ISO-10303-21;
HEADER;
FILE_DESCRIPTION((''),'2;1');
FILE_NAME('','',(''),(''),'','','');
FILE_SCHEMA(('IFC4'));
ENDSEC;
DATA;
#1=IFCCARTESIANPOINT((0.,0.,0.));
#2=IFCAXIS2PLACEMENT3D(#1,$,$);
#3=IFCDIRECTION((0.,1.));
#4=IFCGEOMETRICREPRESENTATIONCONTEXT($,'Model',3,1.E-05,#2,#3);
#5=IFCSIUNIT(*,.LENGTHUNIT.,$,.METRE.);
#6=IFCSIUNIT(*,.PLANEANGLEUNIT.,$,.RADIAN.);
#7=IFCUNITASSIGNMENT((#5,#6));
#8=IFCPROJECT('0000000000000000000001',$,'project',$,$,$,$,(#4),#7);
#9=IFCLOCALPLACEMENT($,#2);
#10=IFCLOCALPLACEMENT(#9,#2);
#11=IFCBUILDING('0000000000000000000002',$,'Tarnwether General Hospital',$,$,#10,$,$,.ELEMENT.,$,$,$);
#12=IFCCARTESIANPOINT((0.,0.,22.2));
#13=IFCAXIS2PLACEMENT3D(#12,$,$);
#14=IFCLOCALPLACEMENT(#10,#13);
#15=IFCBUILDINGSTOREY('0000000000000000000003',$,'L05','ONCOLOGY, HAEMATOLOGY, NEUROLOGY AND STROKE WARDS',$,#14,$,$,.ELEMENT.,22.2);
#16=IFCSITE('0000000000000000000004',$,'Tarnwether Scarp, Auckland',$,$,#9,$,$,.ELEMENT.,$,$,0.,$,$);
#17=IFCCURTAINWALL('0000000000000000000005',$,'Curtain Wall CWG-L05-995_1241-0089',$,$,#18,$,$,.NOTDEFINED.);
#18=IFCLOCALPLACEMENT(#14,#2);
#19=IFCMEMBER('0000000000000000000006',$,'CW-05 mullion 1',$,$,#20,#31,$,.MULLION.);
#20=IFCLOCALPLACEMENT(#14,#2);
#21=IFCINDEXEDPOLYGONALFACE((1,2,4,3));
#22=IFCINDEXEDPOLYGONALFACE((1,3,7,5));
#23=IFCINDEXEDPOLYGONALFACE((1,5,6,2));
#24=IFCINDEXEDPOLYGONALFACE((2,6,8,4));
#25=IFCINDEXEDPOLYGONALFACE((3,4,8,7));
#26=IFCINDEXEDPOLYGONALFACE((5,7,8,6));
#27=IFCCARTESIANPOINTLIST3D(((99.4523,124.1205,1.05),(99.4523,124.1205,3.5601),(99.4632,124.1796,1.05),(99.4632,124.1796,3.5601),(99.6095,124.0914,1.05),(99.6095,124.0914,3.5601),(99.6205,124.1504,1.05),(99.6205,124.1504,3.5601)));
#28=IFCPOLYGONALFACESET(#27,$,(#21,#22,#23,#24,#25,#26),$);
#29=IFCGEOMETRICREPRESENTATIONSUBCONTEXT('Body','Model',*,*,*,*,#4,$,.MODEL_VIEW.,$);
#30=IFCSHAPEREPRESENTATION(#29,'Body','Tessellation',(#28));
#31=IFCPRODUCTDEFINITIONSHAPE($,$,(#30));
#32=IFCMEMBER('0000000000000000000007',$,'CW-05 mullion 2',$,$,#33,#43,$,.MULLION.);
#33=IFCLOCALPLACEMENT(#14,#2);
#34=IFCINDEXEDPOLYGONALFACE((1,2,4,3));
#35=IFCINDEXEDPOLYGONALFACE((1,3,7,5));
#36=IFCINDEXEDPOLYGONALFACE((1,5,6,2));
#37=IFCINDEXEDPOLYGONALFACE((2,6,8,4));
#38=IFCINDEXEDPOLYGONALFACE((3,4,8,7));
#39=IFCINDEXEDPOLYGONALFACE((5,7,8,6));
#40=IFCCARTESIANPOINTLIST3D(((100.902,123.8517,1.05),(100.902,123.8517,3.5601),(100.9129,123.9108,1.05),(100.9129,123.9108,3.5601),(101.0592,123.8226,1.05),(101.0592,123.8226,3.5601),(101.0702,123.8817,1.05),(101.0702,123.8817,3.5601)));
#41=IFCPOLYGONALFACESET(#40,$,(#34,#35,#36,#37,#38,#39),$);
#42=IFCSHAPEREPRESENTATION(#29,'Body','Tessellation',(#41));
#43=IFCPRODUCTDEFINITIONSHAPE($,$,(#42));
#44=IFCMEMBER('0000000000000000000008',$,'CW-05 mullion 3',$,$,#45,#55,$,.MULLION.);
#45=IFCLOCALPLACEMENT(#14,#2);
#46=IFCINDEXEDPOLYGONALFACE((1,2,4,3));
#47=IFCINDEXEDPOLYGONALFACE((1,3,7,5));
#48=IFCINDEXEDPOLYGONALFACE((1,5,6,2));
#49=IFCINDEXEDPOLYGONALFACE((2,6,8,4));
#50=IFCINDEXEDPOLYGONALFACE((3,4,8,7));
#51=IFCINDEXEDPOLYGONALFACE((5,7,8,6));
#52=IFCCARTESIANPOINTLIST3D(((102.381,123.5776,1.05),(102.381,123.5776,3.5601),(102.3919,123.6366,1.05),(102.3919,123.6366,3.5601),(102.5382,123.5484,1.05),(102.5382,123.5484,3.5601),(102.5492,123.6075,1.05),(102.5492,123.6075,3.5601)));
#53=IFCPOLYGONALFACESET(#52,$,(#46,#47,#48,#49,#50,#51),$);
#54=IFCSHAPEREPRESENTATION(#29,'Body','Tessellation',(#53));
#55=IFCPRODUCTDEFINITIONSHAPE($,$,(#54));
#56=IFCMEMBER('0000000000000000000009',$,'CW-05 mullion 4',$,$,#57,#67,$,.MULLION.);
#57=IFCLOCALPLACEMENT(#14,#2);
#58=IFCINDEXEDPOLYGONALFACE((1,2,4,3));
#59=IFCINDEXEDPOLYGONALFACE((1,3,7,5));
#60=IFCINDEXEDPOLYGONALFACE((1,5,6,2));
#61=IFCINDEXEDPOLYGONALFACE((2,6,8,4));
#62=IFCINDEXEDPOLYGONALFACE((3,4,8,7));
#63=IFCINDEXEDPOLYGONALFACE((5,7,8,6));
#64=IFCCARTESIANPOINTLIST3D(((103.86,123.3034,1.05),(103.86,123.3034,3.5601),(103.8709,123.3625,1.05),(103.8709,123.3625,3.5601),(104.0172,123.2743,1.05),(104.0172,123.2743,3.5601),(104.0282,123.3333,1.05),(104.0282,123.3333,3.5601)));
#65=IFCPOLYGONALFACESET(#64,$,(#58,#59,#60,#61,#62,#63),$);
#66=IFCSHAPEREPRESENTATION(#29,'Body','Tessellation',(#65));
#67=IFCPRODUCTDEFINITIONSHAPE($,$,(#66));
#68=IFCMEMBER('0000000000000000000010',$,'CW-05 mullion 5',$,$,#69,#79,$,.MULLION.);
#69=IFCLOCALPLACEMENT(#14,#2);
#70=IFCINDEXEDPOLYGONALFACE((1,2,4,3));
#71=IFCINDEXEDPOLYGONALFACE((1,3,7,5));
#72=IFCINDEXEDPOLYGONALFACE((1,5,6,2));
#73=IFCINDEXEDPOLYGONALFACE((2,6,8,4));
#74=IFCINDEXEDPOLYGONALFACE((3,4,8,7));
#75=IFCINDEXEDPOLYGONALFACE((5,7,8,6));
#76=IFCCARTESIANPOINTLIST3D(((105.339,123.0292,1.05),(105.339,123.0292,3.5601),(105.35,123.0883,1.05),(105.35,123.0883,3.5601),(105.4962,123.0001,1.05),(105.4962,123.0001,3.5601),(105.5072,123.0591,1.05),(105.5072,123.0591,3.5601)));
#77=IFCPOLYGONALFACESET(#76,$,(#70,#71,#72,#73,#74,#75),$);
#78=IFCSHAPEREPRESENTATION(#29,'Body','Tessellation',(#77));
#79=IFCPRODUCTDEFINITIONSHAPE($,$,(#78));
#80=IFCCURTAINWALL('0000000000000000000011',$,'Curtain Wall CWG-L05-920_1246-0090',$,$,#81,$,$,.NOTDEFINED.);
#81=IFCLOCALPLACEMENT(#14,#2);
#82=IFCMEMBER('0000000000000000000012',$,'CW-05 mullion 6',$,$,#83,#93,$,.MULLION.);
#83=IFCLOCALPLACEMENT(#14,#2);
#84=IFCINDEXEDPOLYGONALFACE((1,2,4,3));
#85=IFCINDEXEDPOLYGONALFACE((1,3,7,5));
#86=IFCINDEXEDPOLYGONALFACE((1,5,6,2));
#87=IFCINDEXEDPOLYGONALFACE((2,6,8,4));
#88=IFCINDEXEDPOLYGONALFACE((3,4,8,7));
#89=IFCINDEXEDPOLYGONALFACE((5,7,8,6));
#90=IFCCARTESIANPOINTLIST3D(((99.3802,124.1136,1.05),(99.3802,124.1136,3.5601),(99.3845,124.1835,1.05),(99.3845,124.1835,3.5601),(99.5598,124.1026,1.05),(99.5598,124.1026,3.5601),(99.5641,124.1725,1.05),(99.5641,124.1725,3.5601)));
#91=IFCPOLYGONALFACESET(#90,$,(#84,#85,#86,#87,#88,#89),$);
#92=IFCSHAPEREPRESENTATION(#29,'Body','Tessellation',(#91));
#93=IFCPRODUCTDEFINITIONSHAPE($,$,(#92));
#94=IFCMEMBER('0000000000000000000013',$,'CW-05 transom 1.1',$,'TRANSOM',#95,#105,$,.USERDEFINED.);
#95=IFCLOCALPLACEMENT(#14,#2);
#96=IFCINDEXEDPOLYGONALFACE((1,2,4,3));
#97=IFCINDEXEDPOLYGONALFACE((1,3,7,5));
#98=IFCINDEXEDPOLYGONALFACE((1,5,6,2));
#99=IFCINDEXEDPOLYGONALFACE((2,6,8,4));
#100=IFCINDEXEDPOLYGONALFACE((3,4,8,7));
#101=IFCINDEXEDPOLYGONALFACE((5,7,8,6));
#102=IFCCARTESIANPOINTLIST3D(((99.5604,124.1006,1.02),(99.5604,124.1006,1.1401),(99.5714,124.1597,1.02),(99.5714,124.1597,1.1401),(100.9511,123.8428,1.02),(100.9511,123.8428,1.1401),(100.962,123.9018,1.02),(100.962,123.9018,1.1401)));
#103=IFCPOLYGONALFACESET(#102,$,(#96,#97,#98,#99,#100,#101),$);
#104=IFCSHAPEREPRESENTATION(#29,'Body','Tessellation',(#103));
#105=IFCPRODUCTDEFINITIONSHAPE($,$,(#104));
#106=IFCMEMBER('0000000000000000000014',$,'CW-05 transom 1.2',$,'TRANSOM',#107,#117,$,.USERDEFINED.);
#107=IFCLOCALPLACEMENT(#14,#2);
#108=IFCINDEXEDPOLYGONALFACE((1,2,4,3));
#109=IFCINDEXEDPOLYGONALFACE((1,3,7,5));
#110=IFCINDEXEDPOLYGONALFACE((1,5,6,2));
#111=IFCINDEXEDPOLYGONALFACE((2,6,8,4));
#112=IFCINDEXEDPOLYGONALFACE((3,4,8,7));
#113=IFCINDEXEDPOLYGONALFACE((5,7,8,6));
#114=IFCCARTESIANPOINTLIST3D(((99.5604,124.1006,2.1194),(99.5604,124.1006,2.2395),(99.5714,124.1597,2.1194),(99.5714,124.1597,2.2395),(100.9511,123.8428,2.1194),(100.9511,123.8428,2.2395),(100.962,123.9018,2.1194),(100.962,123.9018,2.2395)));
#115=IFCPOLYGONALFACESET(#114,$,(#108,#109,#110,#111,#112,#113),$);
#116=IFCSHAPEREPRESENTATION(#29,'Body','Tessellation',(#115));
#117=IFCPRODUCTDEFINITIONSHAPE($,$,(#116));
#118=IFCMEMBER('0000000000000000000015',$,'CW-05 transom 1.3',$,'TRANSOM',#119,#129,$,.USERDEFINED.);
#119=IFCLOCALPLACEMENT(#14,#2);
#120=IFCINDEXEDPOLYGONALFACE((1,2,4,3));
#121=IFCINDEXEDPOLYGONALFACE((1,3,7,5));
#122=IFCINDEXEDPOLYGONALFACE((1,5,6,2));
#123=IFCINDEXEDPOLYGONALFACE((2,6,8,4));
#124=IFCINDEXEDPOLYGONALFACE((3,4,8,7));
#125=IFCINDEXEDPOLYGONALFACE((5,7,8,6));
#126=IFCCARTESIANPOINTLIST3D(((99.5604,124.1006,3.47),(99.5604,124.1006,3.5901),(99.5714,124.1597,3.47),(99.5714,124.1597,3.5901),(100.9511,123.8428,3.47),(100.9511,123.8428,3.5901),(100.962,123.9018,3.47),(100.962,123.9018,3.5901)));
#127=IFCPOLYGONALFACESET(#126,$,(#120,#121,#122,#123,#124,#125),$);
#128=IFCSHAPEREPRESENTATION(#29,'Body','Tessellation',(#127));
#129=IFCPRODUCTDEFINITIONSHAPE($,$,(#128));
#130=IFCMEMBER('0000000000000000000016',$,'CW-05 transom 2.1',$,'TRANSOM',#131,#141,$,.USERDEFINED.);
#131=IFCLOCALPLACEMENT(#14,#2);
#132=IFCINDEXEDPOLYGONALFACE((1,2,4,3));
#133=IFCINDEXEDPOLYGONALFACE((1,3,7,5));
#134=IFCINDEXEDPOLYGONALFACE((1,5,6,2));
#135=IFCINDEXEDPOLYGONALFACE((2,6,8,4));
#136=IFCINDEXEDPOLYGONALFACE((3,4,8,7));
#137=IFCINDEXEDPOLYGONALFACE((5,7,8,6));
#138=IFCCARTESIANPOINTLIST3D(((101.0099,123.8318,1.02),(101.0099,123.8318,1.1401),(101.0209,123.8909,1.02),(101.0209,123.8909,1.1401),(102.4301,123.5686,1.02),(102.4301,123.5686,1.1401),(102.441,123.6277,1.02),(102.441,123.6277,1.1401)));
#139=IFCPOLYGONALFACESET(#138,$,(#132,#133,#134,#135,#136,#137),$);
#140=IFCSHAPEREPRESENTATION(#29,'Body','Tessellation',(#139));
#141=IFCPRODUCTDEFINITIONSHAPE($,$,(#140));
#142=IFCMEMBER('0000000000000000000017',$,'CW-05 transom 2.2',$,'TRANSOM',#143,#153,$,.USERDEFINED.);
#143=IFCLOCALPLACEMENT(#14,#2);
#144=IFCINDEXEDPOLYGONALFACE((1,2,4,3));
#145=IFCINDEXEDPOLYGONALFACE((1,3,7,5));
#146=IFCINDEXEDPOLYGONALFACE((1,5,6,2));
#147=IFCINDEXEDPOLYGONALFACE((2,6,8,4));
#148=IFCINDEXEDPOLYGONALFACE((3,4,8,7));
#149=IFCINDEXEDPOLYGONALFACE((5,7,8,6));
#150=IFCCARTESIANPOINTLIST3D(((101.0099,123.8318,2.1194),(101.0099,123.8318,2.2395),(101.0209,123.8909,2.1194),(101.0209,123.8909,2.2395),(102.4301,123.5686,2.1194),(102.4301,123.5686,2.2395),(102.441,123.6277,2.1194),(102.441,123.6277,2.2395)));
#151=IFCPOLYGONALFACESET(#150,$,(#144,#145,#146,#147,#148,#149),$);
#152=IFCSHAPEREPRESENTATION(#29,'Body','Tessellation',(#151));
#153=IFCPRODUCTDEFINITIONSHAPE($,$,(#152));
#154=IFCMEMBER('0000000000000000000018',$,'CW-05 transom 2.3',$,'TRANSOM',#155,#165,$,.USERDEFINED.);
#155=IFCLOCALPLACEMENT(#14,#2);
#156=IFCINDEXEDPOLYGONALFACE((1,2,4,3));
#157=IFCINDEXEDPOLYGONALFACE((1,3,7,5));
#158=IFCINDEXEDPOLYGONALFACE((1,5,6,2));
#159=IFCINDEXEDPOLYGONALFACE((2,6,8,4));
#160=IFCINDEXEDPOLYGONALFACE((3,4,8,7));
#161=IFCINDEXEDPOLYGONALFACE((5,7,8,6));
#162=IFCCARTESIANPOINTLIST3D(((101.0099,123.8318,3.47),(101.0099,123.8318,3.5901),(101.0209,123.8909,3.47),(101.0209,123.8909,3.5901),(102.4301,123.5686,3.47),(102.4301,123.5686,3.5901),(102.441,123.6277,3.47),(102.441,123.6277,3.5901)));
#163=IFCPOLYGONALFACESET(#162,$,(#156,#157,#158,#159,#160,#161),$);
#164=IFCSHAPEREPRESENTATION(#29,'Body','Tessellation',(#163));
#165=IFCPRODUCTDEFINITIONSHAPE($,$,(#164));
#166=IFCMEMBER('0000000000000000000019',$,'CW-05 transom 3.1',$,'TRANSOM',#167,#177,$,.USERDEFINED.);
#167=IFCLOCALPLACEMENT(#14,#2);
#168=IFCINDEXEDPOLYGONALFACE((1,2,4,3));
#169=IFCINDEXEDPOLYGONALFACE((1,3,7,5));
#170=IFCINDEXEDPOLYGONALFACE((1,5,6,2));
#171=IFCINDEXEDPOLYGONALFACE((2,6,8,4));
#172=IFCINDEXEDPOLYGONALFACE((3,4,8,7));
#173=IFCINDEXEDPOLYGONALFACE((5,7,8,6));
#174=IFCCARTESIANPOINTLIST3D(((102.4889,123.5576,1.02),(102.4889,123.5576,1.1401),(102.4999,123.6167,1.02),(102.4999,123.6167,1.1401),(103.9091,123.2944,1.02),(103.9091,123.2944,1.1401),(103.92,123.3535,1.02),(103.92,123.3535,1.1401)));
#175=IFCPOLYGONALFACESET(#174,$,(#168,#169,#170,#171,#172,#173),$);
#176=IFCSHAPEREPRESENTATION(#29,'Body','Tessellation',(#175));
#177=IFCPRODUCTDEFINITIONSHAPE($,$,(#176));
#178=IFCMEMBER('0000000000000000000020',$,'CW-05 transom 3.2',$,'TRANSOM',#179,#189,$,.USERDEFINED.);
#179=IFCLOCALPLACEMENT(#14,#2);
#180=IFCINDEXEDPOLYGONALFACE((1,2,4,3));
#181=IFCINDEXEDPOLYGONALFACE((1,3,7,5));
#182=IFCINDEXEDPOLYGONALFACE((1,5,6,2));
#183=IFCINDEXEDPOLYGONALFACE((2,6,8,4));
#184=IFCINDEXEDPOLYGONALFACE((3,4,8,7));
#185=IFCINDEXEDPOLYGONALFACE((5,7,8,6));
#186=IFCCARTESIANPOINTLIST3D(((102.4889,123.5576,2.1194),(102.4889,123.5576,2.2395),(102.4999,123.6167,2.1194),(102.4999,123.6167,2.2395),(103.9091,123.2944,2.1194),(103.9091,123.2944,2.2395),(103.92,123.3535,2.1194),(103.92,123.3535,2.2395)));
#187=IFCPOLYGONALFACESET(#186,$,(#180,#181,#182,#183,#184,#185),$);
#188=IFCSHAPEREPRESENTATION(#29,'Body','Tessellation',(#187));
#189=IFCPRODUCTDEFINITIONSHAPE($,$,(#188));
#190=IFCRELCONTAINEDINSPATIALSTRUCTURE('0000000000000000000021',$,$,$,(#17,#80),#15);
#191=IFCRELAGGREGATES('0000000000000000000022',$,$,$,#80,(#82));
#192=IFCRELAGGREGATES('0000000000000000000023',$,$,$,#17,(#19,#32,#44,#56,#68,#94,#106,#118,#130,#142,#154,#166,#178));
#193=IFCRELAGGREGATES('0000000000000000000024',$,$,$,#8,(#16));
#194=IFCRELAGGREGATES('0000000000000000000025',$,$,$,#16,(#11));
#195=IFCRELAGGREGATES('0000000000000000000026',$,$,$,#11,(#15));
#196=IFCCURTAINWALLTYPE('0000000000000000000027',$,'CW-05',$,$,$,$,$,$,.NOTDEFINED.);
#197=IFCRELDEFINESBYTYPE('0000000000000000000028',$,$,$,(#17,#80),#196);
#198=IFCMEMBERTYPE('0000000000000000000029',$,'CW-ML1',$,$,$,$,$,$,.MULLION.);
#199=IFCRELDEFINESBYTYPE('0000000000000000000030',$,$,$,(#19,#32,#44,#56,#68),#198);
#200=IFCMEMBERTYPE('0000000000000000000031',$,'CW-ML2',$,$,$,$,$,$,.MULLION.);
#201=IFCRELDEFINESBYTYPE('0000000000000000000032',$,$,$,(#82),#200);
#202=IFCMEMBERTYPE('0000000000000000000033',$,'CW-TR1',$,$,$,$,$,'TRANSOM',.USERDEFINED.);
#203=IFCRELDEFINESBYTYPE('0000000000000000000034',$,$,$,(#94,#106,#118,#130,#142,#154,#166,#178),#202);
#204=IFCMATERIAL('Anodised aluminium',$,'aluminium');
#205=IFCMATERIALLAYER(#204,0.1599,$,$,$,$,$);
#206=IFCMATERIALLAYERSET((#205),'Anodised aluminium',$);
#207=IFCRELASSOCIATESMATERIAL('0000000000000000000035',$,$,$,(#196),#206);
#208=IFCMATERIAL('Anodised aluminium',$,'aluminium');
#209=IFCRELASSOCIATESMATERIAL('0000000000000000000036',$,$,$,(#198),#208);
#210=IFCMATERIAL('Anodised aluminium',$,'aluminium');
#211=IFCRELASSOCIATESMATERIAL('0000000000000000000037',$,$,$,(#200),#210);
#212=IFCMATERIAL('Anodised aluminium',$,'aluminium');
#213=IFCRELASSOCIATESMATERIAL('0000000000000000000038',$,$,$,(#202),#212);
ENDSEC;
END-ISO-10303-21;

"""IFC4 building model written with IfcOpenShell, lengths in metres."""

from ifc_helpers import new_model, si_unit, direction, frame, origin, origin_2d, place, context, subcontext, project, spatial, rectangle, extrude, material, layer, layer_set, material_profile, profile_set, type_object, element, aggregate, save


model = new_model("IFC4")

# Units and contexts
model_context = context("Model", 3, precision=1e-05, world=origin(), true_north=direction((0.0, 1.0)))
body_context = subcontext(model_context, "Body", "Model", "MODEL_VIEW")
ifc_project = project(units=[si_unit("LENGTHUNIT", "METRE"), si_unit("PLANEANGLEUNIT", "RADIAN")], contexts=[model_context])

# Site, building, storey
site_placement = place(None, origin())
site = spatial("IfcSite", under=ifc_project, at=site_placement, Name="Tarnwether Scarp, Auckland", CompositionType="ELEMENT", RefElevation=0.0)
building_placement = place(site_placement, origin())
building = spatial("IfcBuilding", under=site, at=building_placement, Name="Tarnwether General Hospital", CompositionType="ELEMENT")
storey_placement = place(building_placement, frame((0.0, 0.0, 22.2)))
storey = spatial("IfcBuildingStorey", under=building, at=storey_placement, Name="L05", Description="ONCOLOGY, HAEMATOLOGY, NEUROLOGY AND STROKE WARDS", CompositionType="ELEMENT", Elevation=22.2)

# Curtain wall, members
ifc_material_1 = material(Name="Anodised aluminium", Category="aluminium")
ifc_layer_1 = layer(ifc_material_1, 0.1599)
ifc_layer_set_1 = layer_set([ifc_layer_1], Name="Anodised aluminium")
curtain_wall_type = type_object("IfcCurtainWallType", Name="CW-05", PredefinedType="NOTDEFINED", material=ifc_layer_set_1)
curtain_wall_1_placement = place(storey_placement, origin())
curtain_wall_1 = element("IfcCurtainWall", 1, at=curtain_wall_1_placement, inside=storey, type_object=curtain_wall_type, Name="Curtain Wall CWG-L05-995_1241-0089", PredefinedType="NOTDEFINED")
ifc_material_2 = material(Name="Anodised aluminium", Category="aluminium")
ifc_material_profile_1 = material_profile(ifc_material_2, rectangle(XDim=0.0601, YDim=0.1599, at=origin_2d()), Name="ALU-MUL-60x160")
ifc_profile_set_1 = profile_set([ifc_material_profile_1], Name="Anodised aluminium")
member_type_1 = type_object("IfcMemberType", Name="CW-ML1", PredefinedType="MULLION", material=ifc_profile_set_1)
member_1_placement = place(storey_placement, frame((99.5364, 124.1355, 1.05), z_axis=(0.0, 0.0, 1.0), x_axis=(0.182289, 0.983245, 0.0)))
member_1 = element("IfcMember", 2, at=member_1_placement, type_object=member_type_1, Name="CW-05 mullion 1", PredefinedType="MULLION", context=body_context, shape_type="SweptSolid", body=[
    extrude(rectangle(XDim=0.0601, YDim=0.1599, at=origin_2d()), origin(), (0.0, 0.0, 1.0), 2.51),
])
member_2_placement = place(storey_placement, frame((100.9861, 123.8667, 1.05), z_axis=(0.0, 0.0, 1.0), x_axis=(0.182289, 0.983245, 0.0)))
member_2 = element("IfcMember", 3, at=member_2_placement, type_object=member_type_1, Name="CW-05 mullion 2", PredefinedType="MULLION", context=body_context, shape_type="SweptSolid", body=[
    extrude(rectangle(XDim=0.0601, YDim=0.1599, at=origin_2d()), origin(), (0.0, 0.0, 1.0), 2.51),
])
member_3_placement = place(storey_placement, frame((102.4651, 123.5925, 1.05), z_axis=(0.0, 0.0, 1.0), x_axis=(0.182289, 0.983245, 0.0)))
member_3 = element("IfcMember", 4, at=member_3_placement, type_object=member_type_1, Name="CW-05 mullion 3", PredefinedType="MULLION", context=body_context, shape_type="SweptSolid", body=[
    extrude(rectangle(XDim=0.0601, YDim=0.1599, at=origin_2d()), origin(), (0.0, 0.0, 1.0), 2.51),
])
member_4_placement = place(storey_placement, frame((103.9441, 123.3184, 1.05), z_axis=(0.0, 0.0, 1.0), x_axis=(0.182289, 0.983245, 0.0)))
member_4 = element("IfcMember", 5, at=member_4_placement, type_object=member_type_1, Name="CW-05 mullion 4", PredefinedType="MULLION", context=body_context, shape_type="SweptSolid", body=[
    extrude(rectangle(XDim=0.0601, YDim=0.1599, at=origin_2d()), origin(), (0.0, 0.0, 1.0), 2.51),
])
member_5_placement = place(storey_placement, frame((105.4231, 123.0442, 1.05), z_axis=(0.0, 0.0, 1.0), x_axis=(0.182289, 0.983245, 0.0)))
member_5 = element("IfcMember", 6, at=member_5_placement, type_object=member_type_1, Name="CW-05 mullion 5", PredefinedType="MULLION", context=body_context, shape_type="SweptSolid", body=[
    extrude(rectangle(XDim=0.0601, YDim=0.1599, at=origin_2d()), origin(), (0.0, 0.0, 1.0), 2.51),
])

# Curtain wall, member
curtain_wall_2_placement = place(storey_placement, origin())
curtain_wall_2 = element("IfcCurtainWall", 7, at=curtain_wall_2_placement, inside=storey, type_object=curtain_wall_type, Name="Curtain Wall CWG-L05-920_1246-0090", PredefinedType="NOTDEFINED")
ifc_material_3 = material(Name="Anodised aluminium", Category="aluminium")
ifc_material_profile_2 = material_profile(ifc_material_3, rectangle(XDim=0.0701, YDim=0.1799, at=origin_2d()), Name="ALU-MUL-70x180")
ifc_profile_set_2 = profile_set([ifc_material_profile_2], Name="Anodised aluminium")
member_type_2 = type_object("IfcMemberType", Name="CW-ML2", PredefinedType="MULLION", material=ifc_profile_set_2)
member_6_placement = place(storey_placement, frame((99.4722, 124.1431, 1.05), z_axis=(0.0, 0.0, 1.0), x_axis=(0.061029, 0.998136, 0.0)))
member_6 = element("IfcMember", 8, at=member_6_placement, type_object=member_type_2, Name="CW-05 mullion 6", PredefinedType="MULLION", context=body_context, shape_type="SweptSolid", body=[
    extrude(rectangle(XDim=0.0701, YDim=0.1799, at=origin_2d()), origin(), (0.0, 0.0, 1.0), 2.51),
])
aggregate(curtain_wall_2, [member_6])

# Members
ifc_material_4 = material(Name="Anodised aluminium", Category="aluminium")
ifc_material_profile_3 = material_profile(ifc_material_4, rectangle(XDim=0.0601, YDim=0.1201, at=origin_2d()), Name="ALU-TRN-60x120")
ifc_profile_set_3 = profile_set([ifc_material_profile_3], Name="Anodised aluminium")
member_type_3 = type_object("IfcMemberType", Name="CW-TR1", ElementType="TRANSOM", PredefinedType="USERDEFINED", material=ifc_profile_set_3)
member_7_placement = place(storey_placement, frame((99.5659, 124.1301, 1.0801), z_axis=(0.983245, -0.182287, 0.0), x_axis=(0.182287, 0.983245, 0.0)))
member_7 = element("IfcMember", 9, at=member_7_placement, type_object=member_type_3, Name="CW-05 transom 1.1", ObjectType="TRANSOM", PredefinedType="USERDEFINED", context=body_context, shape_type="SweptSolid", body=[
    extrude(rectangle(XDim=0.0601, YDim=0.1201, at=origin_2d()), origin(), (0.0, 0.0, 1.0), 1.4143),
])
member_8_placement = place(storey_placement, frame((99.5659, 124.1301, 2.1794), z_axis=(0.983245, -0.182287, 0.0), x_axis=(0.182287, 0.983245, 0.0)))
member_8 = element("IfcMember", 10, at=member_8_placement, type_object=member_type_3, Name="CW-05 transom 1.2", ObjectType="TRANSOM", PredefinedType="USERDEFINED", context=body_context, shape_type="SweptSolid", body=[
    extrude(rectangle(XDim=0.0601, YDim=0.1201, at=origin_2d()), origin(), (0.0, 0.0, 1.0), 1.4143),
])
member_9_placement = place(storey_placement, frame((99.5659, 124.1301, 3.53), z_axis=(0.983245, -0.182287, 0.0), x_axis=(0.182287, 0.983245, 0.0)))
member_9 = element("IfcMember", 11, at=member_9_placement, type_object=member_type_3, Name="CW-05 transom 1.3", ObjectType="TRANSOM", PredefinedType="USERDEFINED", context=body_context, shape_type="SweptSolid", body=[
    extrude(rectangle(XDim=0.0601, YDim=0.1201, at=origin_2d()), origin(), (0.0, 0.0, 1.0), 1.4143),
])
member_10_placement = place(storey_placement, frame((101.0154, 123.8613, 1.0801), z_axis=(0.983258, -0.182216, 0.0), x_axis=(0.182216, 0.983258, 0.0)))
member_10 = element("IfcMember", 12, at=member_10_placement, type_object=member_type_3, Name="CW-05 transom 2.1", ObjectType="TRANSOM", PredefinedType="USERDEFINED", context=body_context, shape_type="SweptSolid", body=[
    extrude(rectangle(XDim=0.0601, YDim=0.1201, at=origin_2d()), origin(), (0.0, 0.0, 1.0), 1.4443),
])
member_11_placement = place(storey_placement, frame((101.0154, 123.8613, 2.1794), z_axis=(0.983258, -0.182216, 0.0), x_axis=(0.182216, 0.983258, 0.0)))
member_11 = element("IfcMember", 13, at=member_11_placement, type_object=member_type_3, Name="CW-05 transom 2.2", ObjectType="TRANSOM", PredefinedType="USERDEFINED", context=body_context, shape_type="SweptSolid", body=[
    extrude(rectangle(XDim=0.0601, YDim=0.1201, at=origin_2d()), origin(), (0.0, 0.0, 1.0), 1.4443),
])
member_12_placement = place(storey_placement, frame((101.0154, 123.8613, 3.53), z_axis=(0.983258, -0.182216, 0.0), x_axis=(0.182216, 0.983258, 0.0)))
member_12 = element("IfcMember", 14, at=member_12_placement, type_object=member_type_3, Name="CW-05 transom 2.3", ObjectType="TRANSOM", PredefinedType="USERDEFINED", context=body_context, shape_type="SweptSolid", body=[
    extrude(rectangle(XDim=0.0601, YDim=0.1201, at=origin_2d()), origin(), (0.0, 0.0, 1.0), 1.4443),
])
member_13_placement = place(storey_placement, frame((102.4944, 123.5872, 1.0801), z_axis=(0.983258, -0.182216, 0.0), x_axis=(0.182216, 0.983258, 0.0)))
member_13 = element("IfcMember", 15, at=member_13_placement, type_object=member_type_3, Name="CW-05 transom 3.1", ObjectType="TRANSOM", PredefinedType="USERDEFINED", context=body_context, shape_type="SweptSolid", body=[
    extrude(rectangle(XDim=0.0601, YDim=0.1201, at=origin_2d()), origin(), (0.0, 0.0, 1.0), 1.4443),
])
member_14_placement = place(storey_placement, frame((102.4944, 123.5872, 2.1794), z_axis=(0.983258, -0.182216, 0.0), x_axis=(0.182216, 0.983258, 0.0)))
member_14 = element("IfcMember", 16, at=member_14_placement, type_object=member_type_3, Name="CW-05 transom 3.2", ObjectType="TRANSOM", PredefinedType="USERDEFINED", context=body_context, shape_type="SweptSolid", body=[
    extrude(rectangle(XDim=0.0601, YDim=0.1201, at=origin_2d()), origin(), (0.0, 0.0, 1.0), 1.4443),
])

aggregate(curtain_wall_1, [member_1, member_2, member_3, member_4, member_5, member_7, member_8, member_9, member_10, member_11, member_12, member_13, member_14])

save(model, "model.ifc")
